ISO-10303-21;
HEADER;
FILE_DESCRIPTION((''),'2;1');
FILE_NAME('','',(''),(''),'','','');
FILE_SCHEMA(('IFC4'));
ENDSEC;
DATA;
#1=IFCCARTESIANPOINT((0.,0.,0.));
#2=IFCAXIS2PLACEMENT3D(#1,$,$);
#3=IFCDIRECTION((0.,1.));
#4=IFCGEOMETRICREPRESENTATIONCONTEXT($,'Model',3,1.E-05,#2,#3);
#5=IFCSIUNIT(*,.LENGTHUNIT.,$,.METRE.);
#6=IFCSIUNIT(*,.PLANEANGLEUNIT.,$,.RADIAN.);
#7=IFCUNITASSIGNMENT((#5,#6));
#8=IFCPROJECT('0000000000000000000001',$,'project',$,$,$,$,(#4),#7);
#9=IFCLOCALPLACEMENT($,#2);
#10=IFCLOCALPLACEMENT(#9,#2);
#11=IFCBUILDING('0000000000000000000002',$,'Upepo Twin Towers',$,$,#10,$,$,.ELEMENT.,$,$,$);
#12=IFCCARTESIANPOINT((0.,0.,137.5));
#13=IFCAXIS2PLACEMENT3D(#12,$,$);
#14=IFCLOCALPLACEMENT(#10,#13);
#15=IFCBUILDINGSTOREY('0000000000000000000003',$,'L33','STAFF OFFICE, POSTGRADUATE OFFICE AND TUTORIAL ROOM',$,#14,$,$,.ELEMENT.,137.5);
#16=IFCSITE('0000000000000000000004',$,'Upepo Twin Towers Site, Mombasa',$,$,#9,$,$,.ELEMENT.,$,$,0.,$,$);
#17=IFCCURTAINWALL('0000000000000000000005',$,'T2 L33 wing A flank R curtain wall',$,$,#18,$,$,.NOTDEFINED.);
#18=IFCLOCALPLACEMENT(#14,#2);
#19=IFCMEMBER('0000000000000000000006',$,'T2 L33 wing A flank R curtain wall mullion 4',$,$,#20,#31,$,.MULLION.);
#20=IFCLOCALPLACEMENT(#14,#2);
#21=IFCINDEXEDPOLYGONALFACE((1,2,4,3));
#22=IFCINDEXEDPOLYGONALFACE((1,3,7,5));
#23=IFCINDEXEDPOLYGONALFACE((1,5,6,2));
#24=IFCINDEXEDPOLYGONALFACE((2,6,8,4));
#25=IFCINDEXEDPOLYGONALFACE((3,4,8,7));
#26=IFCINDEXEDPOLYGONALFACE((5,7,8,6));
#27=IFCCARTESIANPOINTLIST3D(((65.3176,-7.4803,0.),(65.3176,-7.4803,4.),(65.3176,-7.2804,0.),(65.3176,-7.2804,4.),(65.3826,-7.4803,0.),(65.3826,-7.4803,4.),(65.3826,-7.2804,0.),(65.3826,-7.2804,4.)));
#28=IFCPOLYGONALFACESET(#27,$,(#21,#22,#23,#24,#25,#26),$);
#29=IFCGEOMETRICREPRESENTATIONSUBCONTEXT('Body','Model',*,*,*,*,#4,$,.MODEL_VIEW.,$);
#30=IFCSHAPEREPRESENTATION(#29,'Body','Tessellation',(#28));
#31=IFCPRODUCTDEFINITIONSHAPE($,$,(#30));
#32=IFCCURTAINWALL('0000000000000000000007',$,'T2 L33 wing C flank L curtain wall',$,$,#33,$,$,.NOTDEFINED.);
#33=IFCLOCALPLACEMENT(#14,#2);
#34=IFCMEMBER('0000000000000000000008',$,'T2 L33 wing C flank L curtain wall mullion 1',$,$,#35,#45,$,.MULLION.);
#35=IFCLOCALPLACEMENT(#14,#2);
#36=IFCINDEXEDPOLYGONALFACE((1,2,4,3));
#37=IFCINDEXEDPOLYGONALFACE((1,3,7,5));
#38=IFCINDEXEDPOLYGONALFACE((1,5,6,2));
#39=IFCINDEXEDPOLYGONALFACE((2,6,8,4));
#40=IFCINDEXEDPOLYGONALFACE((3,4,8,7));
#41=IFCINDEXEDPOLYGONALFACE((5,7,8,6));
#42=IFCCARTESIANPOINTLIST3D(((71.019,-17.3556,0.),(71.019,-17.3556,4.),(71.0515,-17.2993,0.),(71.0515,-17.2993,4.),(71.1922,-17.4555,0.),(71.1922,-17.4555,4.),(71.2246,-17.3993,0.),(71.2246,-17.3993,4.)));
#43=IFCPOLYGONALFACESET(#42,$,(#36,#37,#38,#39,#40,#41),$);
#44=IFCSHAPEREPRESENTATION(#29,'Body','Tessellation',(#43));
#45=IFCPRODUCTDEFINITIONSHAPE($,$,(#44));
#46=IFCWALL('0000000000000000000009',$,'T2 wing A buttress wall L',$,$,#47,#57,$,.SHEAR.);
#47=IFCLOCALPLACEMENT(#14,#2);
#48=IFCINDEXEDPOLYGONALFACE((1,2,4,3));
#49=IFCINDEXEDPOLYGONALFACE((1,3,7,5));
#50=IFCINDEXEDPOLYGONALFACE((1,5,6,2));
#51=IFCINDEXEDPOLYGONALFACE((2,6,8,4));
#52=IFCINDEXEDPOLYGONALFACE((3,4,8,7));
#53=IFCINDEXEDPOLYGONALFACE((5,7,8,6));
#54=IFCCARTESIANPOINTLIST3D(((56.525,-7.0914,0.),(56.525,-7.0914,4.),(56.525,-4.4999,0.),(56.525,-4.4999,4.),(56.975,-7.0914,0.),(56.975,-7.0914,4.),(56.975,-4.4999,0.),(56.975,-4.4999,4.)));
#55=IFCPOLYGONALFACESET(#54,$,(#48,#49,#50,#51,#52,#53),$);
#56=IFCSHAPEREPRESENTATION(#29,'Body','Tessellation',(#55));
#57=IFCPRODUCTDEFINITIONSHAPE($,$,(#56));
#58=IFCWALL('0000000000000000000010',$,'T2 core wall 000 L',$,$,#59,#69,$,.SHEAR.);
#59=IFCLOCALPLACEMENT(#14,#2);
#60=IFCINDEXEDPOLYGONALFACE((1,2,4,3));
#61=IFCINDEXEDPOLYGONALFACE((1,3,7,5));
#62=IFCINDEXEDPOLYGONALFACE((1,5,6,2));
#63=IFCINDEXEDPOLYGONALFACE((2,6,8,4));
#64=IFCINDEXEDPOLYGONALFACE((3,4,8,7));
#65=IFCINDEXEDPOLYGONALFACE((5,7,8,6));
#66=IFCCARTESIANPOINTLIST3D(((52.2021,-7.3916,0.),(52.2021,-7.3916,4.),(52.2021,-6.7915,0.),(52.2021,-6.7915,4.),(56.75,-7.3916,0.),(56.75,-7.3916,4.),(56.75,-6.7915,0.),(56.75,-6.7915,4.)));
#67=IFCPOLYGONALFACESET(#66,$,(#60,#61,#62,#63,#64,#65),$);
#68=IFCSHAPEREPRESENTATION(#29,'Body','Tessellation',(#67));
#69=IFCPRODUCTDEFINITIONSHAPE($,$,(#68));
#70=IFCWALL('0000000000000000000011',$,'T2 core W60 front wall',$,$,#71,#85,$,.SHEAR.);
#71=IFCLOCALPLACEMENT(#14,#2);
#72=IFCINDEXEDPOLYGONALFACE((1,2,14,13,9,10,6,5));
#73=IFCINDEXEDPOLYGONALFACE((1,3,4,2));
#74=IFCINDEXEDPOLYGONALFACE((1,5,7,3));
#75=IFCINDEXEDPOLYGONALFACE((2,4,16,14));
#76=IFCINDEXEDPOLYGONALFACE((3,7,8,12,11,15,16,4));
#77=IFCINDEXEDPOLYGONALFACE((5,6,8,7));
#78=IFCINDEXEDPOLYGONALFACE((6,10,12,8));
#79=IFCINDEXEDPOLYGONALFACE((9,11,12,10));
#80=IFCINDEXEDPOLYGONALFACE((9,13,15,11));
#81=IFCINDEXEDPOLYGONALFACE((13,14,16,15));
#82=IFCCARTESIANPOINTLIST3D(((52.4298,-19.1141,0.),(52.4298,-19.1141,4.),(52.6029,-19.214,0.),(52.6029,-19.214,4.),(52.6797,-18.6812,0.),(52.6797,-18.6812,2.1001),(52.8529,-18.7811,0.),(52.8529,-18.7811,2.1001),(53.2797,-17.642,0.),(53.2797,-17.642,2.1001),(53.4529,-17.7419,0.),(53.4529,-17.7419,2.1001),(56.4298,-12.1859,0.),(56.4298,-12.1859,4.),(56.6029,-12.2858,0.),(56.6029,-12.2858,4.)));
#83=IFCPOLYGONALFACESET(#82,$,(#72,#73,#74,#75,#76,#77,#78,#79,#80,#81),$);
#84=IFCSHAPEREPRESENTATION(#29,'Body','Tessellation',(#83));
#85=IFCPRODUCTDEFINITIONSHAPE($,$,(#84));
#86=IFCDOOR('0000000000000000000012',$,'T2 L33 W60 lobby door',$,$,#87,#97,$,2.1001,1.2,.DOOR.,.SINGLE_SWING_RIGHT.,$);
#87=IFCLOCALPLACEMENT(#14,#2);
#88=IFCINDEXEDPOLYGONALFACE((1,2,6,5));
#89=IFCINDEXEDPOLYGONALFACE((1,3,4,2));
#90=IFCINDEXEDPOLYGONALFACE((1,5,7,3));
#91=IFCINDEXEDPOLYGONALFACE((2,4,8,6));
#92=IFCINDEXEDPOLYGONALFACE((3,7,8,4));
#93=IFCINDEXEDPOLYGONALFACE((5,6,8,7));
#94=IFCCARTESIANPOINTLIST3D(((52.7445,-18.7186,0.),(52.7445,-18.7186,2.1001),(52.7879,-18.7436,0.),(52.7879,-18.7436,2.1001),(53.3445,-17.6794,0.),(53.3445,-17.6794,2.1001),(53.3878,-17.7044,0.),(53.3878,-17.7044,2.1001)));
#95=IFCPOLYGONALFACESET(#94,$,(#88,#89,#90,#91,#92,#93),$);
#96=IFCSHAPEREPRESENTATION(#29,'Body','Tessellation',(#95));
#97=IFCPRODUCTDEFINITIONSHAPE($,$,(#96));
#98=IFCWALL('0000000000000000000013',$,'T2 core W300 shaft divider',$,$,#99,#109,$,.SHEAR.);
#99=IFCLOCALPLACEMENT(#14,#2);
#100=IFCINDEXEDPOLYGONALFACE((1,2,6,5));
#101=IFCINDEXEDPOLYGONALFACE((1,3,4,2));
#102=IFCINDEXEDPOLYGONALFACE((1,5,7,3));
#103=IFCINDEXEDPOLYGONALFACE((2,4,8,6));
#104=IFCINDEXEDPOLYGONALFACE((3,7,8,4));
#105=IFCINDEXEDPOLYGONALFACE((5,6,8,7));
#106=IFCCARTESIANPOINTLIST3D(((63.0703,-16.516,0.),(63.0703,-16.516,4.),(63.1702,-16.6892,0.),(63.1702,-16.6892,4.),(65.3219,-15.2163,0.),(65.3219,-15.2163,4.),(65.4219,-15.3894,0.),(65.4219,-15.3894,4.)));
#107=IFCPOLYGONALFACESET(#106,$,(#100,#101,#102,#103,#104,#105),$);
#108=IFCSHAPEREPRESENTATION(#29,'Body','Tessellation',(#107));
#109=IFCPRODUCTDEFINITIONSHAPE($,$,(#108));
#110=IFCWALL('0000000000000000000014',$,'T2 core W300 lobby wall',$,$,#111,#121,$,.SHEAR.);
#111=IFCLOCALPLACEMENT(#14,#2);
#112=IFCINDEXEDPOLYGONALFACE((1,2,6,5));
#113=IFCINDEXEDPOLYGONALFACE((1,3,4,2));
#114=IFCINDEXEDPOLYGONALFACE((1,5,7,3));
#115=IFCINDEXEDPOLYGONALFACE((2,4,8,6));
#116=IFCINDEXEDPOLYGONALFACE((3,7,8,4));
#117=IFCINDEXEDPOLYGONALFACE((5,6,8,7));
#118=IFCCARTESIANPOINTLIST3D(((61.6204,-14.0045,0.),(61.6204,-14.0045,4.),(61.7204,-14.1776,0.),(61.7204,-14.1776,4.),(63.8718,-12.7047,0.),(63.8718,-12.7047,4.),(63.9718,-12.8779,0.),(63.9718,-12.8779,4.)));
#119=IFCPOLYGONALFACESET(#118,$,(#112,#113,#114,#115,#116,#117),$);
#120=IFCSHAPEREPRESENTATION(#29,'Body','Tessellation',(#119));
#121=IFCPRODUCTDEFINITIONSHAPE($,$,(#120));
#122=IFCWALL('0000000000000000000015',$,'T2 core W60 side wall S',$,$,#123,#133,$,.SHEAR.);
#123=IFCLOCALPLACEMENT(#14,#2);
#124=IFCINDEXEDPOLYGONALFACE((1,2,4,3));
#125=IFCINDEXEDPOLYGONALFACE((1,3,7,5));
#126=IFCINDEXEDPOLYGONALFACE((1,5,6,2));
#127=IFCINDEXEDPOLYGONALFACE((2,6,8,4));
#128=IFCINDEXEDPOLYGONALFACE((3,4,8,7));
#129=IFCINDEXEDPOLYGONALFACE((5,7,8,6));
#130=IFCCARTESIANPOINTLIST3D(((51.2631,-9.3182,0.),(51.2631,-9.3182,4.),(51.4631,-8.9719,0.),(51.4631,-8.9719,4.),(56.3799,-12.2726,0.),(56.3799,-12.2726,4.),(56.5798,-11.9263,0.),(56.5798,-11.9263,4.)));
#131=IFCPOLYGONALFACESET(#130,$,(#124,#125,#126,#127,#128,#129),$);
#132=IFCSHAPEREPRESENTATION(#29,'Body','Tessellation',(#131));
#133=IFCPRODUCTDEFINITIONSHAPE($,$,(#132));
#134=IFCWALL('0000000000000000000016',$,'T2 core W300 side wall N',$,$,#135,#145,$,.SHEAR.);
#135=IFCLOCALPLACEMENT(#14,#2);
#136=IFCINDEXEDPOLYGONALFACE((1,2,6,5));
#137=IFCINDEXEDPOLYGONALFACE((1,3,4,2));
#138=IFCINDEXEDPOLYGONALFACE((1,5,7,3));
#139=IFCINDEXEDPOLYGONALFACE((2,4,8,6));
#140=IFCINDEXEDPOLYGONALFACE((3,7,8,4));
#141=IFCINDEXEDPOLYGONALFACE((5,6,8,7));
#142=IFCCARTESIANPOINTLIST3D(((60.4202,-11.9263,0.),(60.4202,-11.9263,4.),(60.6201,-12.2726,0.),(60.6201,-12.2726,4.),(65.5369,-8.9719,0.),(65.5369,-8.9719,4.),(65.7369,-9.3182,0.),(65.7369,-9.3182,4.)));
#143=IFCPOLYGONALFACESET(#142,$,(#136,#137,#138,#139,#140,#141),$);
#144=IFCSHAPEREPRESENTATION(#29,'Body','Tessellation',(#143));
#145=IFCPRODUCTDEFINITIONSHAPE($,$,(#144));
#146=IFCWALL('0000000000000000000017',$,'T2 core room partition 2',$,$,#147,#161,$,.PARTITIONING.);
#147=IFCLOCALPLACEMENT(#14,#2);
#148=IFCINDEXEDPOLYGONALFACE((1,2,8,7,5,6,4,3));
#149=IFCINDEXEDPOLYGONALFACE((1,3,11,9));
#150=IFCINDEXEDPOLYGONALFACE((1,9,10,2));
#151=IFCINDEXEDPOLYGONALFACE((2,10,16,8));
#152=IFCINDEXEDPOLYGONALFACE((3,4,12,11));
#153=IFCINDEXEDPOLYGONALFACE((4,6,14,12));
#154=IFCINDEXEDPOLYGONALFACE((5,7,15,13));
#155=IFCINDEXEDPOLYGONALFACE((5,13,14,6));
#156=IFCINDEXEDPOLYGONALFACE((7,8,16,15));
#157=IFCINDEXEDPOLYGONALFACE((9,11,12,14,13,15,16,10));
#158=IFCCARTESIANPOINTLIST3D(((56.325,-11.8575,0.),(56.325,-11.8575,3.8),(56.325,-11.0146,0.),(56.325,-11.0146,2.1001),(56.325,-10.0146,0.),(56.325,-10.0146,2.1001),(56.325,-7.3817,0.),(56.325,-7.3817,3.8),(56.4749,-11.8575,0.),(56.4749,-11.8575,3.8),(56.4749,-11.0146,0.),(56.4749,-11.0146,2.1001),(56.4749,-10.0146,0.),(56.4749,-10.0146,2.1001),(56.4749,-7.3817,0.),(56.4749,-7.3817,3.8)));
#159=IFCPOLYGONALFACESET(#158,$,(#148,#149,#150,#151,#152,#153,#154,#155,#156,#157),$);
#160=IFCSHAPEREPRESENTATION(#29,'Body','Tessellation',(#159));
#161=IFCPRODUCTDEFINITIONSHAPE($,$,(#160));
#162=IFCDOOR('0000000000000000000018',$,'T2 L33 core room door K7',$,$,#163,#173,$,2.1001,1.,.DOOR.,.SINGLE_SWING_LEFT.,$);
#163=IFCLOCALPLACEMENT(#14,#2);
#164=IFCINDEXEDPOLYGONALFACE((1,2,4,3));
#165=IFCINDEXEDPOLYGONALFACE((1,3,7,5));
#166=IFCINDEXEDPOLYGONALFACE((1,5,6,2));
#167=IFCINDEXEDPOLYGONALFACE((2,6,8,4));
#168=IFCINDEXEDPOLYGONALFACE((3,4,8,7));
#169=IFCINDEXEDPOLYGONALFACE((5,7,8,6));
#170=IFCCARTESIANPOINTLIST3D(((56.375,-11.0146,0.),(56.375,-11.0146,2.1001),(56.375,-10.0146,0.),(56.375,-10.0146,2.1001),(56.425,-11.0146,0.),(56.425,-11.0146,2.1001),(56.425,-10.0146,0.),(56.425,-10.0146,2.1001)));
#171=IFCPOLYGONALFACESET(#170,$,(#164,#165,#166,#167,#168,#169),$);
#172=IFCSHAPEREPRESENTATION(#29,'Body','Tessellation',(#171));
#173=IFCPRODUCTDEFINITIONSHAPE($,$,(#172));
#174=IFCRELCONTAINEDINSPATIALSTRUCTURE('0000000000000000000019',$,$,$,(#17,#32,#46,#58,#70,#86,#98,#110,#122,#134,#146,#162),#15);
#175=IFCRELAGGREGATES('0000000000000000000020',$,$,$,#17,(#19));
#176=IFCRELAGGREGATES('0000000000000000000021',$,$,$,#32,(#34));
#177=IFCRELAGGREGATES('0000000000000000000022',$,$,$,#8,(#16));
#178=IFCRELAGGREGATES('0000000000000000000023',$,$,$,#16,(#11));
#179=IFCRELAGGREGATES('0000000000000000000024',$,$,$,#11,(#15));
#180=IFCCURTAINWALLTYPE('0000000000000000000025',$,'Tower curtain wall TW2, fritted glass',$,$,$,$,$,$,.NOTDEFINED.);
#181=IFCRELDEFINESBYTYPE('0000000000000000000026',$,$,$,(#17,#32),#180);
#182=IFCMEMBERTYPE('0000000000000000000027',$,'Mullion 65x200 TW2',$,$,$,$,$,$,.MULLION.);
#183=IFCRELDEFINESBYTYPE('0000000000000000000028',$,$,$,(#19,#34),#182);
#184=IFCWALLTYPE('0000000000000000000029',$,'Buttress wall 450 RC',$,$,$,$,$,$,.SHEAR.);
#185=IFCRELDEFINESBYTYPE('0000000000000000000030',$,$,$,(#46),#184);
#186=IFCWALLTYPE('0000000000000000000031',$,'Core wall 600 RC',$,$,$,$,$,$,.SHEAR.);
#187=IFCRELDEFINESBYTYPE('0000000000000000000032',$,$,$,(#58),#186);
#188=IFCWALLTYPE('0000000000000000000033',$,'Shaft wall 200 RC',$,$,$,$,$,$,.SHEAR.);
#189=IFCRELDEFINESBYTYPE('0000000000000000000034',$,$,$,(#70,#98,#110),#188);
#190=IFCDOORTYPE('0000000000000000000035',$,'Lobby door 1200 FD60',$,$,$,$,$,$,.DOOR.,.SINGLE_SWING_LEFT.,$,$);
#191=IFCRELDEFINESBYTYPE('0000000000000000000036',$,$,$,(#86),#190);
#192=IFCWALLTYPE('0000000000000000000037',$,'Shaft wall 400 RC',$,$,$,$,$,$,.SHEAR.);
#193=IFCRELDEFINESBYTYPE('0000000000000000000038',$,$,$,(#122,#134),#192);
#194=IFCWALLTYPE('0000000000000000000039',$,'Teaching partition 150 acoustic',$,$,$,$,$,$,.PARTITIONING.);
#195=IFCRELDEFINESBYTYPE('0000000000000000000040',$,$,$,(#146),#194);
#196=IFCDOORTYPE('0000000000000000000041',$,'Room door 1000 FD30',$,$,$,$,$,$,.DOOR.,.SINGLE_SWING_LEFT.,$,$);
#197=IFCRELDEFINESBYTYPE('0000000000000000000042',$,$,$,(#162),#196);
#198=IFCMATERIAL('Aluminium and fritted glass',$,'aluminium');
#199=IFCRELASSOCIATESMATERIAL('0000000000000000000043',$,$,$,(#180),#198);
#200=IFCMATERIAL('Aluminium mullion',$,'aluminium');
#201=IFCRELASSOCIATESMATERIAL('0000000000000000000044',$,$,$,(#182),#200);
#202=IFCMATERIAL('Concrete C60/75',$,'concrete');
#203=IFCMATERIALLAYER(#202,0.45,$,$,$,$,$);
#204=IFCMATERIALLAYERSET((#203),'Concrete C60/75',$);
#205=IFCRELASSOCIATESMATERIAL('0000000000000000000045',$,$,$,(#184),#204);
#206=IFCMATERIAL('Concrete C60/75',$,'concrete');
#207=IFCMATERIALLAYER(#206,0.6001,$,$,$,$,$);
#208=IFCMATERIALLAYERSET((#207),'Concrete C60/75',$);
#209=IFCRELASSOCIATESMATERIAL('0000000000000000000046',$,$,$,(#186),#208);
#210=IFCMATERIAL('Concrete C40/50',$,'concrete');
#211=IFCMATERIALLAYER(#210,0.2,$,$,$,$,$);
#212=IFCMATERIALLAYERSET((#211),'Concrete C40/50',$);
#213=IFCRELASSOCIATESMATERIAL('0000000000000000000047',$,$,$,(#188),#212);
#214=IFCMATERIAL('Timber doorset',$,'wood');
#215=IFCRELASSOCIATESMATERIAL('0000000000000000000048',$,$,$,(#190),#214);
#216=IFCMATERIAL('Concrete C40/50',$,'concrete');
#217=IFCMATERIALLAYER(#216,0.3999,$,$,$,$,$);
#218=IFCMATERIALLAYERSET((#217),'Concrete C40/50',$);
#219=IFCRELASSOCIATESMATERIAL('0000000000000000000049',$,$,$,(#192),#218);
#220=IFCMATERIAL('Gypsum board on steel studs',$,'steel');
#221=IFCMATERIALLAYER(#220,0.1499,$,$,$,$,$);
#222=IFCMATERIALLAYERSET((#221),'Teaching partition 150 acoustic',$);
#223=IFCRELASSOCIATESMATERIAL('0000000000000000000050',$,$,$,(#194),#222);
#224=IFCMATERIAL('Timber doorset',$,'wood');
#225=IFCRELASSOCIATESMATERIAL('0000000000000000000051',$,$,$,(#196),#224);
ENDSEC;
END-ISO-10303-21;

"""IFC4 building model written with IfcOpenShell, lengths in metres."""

from ifc_helpers import new_model, si_unit, direction, frame, frame_2d, origin, origin_2d, place, context, subcontext, project, spatial, rectangle, extrude, material, layer, layer_set, material_profile, profile_set, type_object, element, fill, aggregate, save


model = new_model("IFC4")

# Units and contexts
model_context = context("Model", 3, precision=1e-05, world=origin(), true_north=direction((0.0, 1.0)))
body_context = subcontext(model_context, "Body", "Model", "MODEL_VIEW")
ifc_project = project(units=[si_unit("LENGTHUNIT", "METRE"), si_unit("PLANEANGLEUNIT", "RADIAN")], contexts=[model_context])

# Site, building, storey
site_placement = place(None, origin())
site = spatial("IfcSite", under=ifc_project, at=site_placement, Name="Upepo Twin Towers Site, Mombasa", CompositionType="ELEMENT", RefElevation=0.0)
building_placement = place(site_placement, origin())
building = spatial("IfcBuilding", under=site, at=building_placement, Name="Upepo Twin Towers", CompositionType="ELEMENT")
storey_placement = place(building_placement, frame((0.0, 0.0, 137.5)))
storey = spatial("IfcBuildingStorey", under=building, at=storey_placement, Name="L33", Description="STAFF OFFICE, POSTGRADUATE OFFICE AND TUTORIAL ROOM", CompositionType="ELEMENT", Elevation=137.5)

# Curtain walls, members
ifc_material_1 = material(Name="Aluminium and fritted glass", Category="aluminium")
curtain_wall_type = type_object("IfcCurtainWallType", Name="Tower curtain wall TW2, fritted glass", PredefinedType="NOTDEFINED", material=ifc_material_1)
curtain_wall_1_placement = place(storey_placement, origin())
curtain_wall_1 = element("IfcCurtainWall", 1, at=curtain_wall_1_placement, inside=storey, type_object=curtain_wall_type, Name="T2 L33 wing A flank R curtain wall", PredefinedType="NOTDEFINED")
ifc_material_2 = material(Name="Aluminium mullion", Category="aluminium")
ifc_material_profile = material_profile(ifc_material_2, rectangle(XDim=0.0649, YDim=0.2, at=origin_2d()), Name="MULLION 65x200")
ifc_profile_set = profile_set([ifc_material_profile], Name="Aluminium mullion")
member_type = type_object("IfcMemberType", Name="Mullion 65x200 TW2", PredefinedType="MULLION", material=ifc_profile_set)
member_1_placement = place(storey_placement, frame((65.3501, -7.3804, 0.0), z_axis=(0.0, 0.0, 1.0), x_axis=(1.0, 0.0, 0.0)))
member_1 = element("IfcMember", 2, at=member_1_placement, type_object=member_type, Name="T2 L33 wing A flank R curtain wall mullion 4", PredefinedType="MULLION", context=body_context, shape_type="SweptSolid", body=[
    extrude(rectangle(XDim=0.0649, YDim=0.2, at=origin_2d()), origin(), (0.0, 0.0, 1.0), 4.0),
])
aggregate(curtain_wall_1, [member_1])
curtain_wall_2_placement = place(storey_placement, origin())
curtain_wall_2 = element("IfcCurtainWall", 3, at=curtain_wall_2_placement, inside=storey, type_object=curtain_wall_type, Name="T2 L33 wing C flank L curtain wall", PredefinedType="NOTDEFINED")
member_2_placement = place(storey_placement, frame((71.1218, -17.3774, 0.0), z_axis=(0.0, 0.0, 1.0), x_axis=(0.5, 0.866025, 0.0)))
member_2 = element("IfcMember", 4, at=member_2_placement, type_object=member_type, Name="T2 L33 wing C flank L curtain wall mullion 1", PredefinedType="MULLION", context=body_context, shape_type="SweptSolid", body=[
    extrude(rectangle(XDim=0.0649, YDim=0.2, at=origin_2d()), origin(), (0.0, 0.0, 1.0), 4.0),
])
aggregate(curtain_wall_2, [member_2])

# Walls
ifc_material_3 = material(Name="Concrete C60/75", Category="concrete")
ifc_layer_1 = layer(ifc_material_3, 0.45)
ifc_layer_set_1 = layer_set([ifc_layer_1], Name="Concrete C60/75")
wall_type_1 = type_object("IfcWallType", Name="Buttress wall 450 RC", PredefinedType="SHEAR", material=ifc_layer_set_1)
wall_1_placement = place(storey_placement, frame((56.75, -7.0916, 0.0), z_axis=(0.0, 0.0, 1.0), x_axis=(0.0, 1.0, 0.0)))
element("IfcWall", 5, at=wall_1_placement, inside=storey, type_object=wall_type_1, Name="T2 wing A buttress wall L", PredefinedType="SHEAR", context=body_context, shape_type="SweptSolid", body=[
    extrude(rectangle(XDim=2.5916, YDim=0.45, at=frame_2d((1.2959, 0.0))), origin(), (0.0, 0.0, 1.0), 4.0),
])
ifc_material_4 = material(Name="Concrete C60/75", Category="concrete")
ifc_layer_2 = layer(ifc_material_4, 0.6001)
ifc_layer_set_2 = layer_set([ifc_layer_2], Name="Concrete C60/75")
wall_type_2 = type_object("IfcWallType", Name="Core wall 600 RC", PredefinedType="SHEAR", material=ifc_layer_set_2)
wall_2_placement = place(storey_placement, frame((56.75, -7.0916, 0.0), z_axis=(0.0, 0.0, 1.0), x_axis=(-1.0, 0.0, 0.0)))
element("IfcWall", 6, at=wall_2_placement, inside=storey, type_object=wall_type_2, Name="T2 core wall 000 L", PredefinedType="SHEAR", context=body_context, shape_type="SweptSolid", body=[
    extrude(rectangle(XDim=4.5479, YDim=0.6001, at=frame_2d((2.2739, 0.0))), origin(), (0.0, 0.0, 1.0), 4.0),
])

# Wall, opening, door
ifc_material_5 = material(Name="Concrete C40/50", Category="concrete")
ifc_layer_3 = layer(ifc_material_5, 0.2)
ifc_layer_set_3 = layer_set([ifc_layer_3], Name="Concrete C40/50")
wall_type_3 = type_object("IfcWallType", Name="Shaft wall 200 RC", PredefinedType="SHEAR", material=ifc_layer_set_3)
wall_3_placement = place(storey_placement, frame((56.5164, -12.2358, 0.0), z_axis=(0.0, 0.0, 1.0), x_axis=(-0.499999, -0.866026, 0.0)))
wall_3 = element("IfcWall", 7, at=wall_3_placement, inside=storey, type_object=wall_type_3, Name="T2 core W60 front wall", PredefinedType="SHEAR", context=body_context, shape_type="SweptSolid", body=[
    extrude(rectangle(XDim=8.0, YDim=0.2, at=frame_2d((4.0, 0.0))), origin(), (0.0, 0.0, 1.0), 4.0),
])
opening_1_placement = place(wall_3_placement, frame((6.3, 0.0, 0.0)))
opening_1 = element("IfcOpeningElement", 8, at=opening_1_placement, cuts=wall_3, PredefinedType="OPENING", context=body_context, shape_type="SweptSolid", body=[
    extrude(rectangle(XDim=1.2, YDim=2.1001, at=frame_2d((0.6001, 1.05))), frame((0.0, 0.1099, 0.0), z_axis=(0.0, -1.0, 0.0), x_axis=(1.0, 0.0, 0.0)), (0.0, 0.0, 1.0), 0.22),
])
ifc_material_6 = material(Name="Timber doorset", Category="wood")
door_type_1 = type_object("IfcDoorType", Name="Lobby door 1200 FD60", OperationType="SINGLE_SWING_LEFT", PredefinedType="DOOR", material=ifc_material_6)
door_1_placement = place(opening_1_placement, origin())
door_1 = element("IfcDoor", 9, at=door_1_placement, inside=storey, type_object=door_type_1, Name="T2 L33 W60 lobby door", OperationType="SINGLE_SWING_RIGHT", OverallHeight=2.1001, OverallWidth=1.2, PredefinedType="DOOR", context=body_context, shape_type="SweptSolid", body=[
    extrude(rectangle(XDim=1.2, YDim=2.1001, at=frame_2d((0.6001, 1.05))), frame((0.0, 0.0249, 0.0), z_axis=(0.0, -1.0, 0.0), x_axis=(1.0, 0.0, 0.0)), (0.0, 0.0, 1.0), 0.05),
])
fill(opening_1, door_1)

# Walls
wall_4_placement = place(storey_placement, frame((63.1204, -16.6025, 0.0), z_axis=(0.0, 0.0, 1.0), x_axis=(0.866062, 0.499937, 0.0)))
element("IfcWall", 10, at=wall_4_placement, inside=storey, type_object=wall_type_3, Name="T2 core W300 shaft divider", PredefinedType="SHEAR", context=body_context, shape_type="SweptSolid", body=[
    extrude(rectangle(XDim=2.5999, YDim=0.2, at=frame_2d((1.2998, 0.0))), origin(), (0.0, 0.0, 1.0), 4.0),
])
wall_5_placement = place(storey_placement, frame((61.6704, -14.0911, 0.0), z_axis=(0.0, 0.0, 1.0), x_axis=(0.866039, 0.499977, 0.0)))
element("IfcWall", 11, at=wall_5_placement, inside=storey, type_object=wall_type_3, Name="T2 core W300 lobby wall", PredefinedType="SHEAR", context=body_context, shape_type="SweptSolid", body=[
    extrude(rectangle(XDim=2.5996, YDim=0.2, at=frame_2d((1.2998, 0.0))), origin(), (0.0, 0.0, 1.0), 4.0),
])
ifc_material_7 = material(Name="Concrete C40/50", Category="concrete")
ifc_layer_4 = layer(ifc_material_7, 0.3999)
ifc_layer_set_4 = layer_set([ifc_layer_4], Name="Concrete C40/50")
wall_type_4 = type_object("IfcWallType", Name="Shaft wall 400 RC", PredefinedType="SHEAR", material=ifc_layer_set_4)
for number, where, z_axis, x_axis, name in (
    (12, (56.4797, -12.0994, 0.0), (0.0, 0.0, 1.0), (-0.866009, 0.500028, 0.0), "T2 core W60 side wall S"),
    (13, (60.5203, -12.0994, 0.0), (0.0, 0.0, 1.0), (0.866009, 0.500028, 0.0), "T2 core W300 side wall N"),
):
    element("IfcWall", number, at=place(storey_placement, frame(where, z_axis=z_axis, x_axis=x_axis)), inside=storey, type_object=wall_type_4, Name=name, PredefinedType="SHEAR", context=body_context, shape_type="SweptSolid", body=[
        extrude(rectangle(XDim=5.9084, YDim=0.3999, at=frame_2d((2.9541, 0.0))), origin(), (0.0, 0.0, 1.0), 4.0),
    ])

# Wall, opening, door
ifc_material_8 = material(Name="Gypsum board on steel studs", Category="steel")
ifc_layer_5 = layer(ifc_material_8, 0.1499)
ifc_layer_set_5 = layer_set([ifc_layer_5], Name="Teaching partition 150 acoustic")
wall_type_5 = type_object("IfcWallType", Name="Teaching partition 150 acoustic", PredefinedType="PARTITIONING", material=ifc_layer_set_5)
wall_6_placement = place(storey_placement, frame((56.3999, -11.8574, 0.0), z_axis=(0.0, 0.0, 1.0), x_axis=(0.0, 1.0, 0.0)))
wall_6 = element("IfcWall", 14, at=wall_6_placement, inside=storey, type_object=wall_type_5, Name="T2 core room partition 2", PredefinedType="PARTITIONING", context=body_context, shape_type="SweptSolid", body=[
    extrude(rectangle(XDim=4.4758, YDim=0.1499, at=frame_2d((2.2378, 0.0))), origin(), (0.0, 0.0, 1.0), 3.8),
])
opening_2_placement = place(wall_6_placement, frame((0.8428, 0.0, 0.0)))
opening_2 = element("IfcOpeningElement", 15, at=opening_2_placement, cuts=wall_6, PredefinedType="OPENING", context=body_context, shape_type="SweptSolid", body=[
    extrude(rectangle(XDim=1.0, YDim=2.1001, at=frame_2d((0.5, 1.05))), frame((0.0, 0.085, 0.0), z_axis=(0.0, -1.0, 0.0), x_axis=(1.0, 0.0, 0.0)), (0.0, 0.0, 1.0), 0.1699),
])
ifc_material_9 = material(Name="Timber doorset", Category="wood")
door_type_2 = type_object("IfcDoorType", Name="Room door 1000 FD30", OperationType="SINGLE_SWING_LEFT", PredefinedType="DOOR", material=ifc_material_9)
door_2_placement = place(opening_2_placement, origin())
door_2 = element("IfcDoor", 16, at=door_2_placement, inside=storey, type_object=door_type_2, Name="T2 L33 core room door K7", OperationType="SINGLE_SWING_LEFT", OverallHeight=2.1001, OverallWidth=1.0, PredefinedType="DOOR", context=body_context, shape_type="SweptSolid", body=[
    extrude(rectangle(XDim=1.0, YDim=2.1001, at=frame_2d((0.5, 1.05))), frame((0.0, 0.0249, 0.0), z_axis=(0.0, -1.0, 0.0), x_axis=(1.0, 0.0, 0.0)), (0.0, 0.0, 1.0), 0.05),
])
fill(opening_2, door_2)

save(model, "model.ifc")
